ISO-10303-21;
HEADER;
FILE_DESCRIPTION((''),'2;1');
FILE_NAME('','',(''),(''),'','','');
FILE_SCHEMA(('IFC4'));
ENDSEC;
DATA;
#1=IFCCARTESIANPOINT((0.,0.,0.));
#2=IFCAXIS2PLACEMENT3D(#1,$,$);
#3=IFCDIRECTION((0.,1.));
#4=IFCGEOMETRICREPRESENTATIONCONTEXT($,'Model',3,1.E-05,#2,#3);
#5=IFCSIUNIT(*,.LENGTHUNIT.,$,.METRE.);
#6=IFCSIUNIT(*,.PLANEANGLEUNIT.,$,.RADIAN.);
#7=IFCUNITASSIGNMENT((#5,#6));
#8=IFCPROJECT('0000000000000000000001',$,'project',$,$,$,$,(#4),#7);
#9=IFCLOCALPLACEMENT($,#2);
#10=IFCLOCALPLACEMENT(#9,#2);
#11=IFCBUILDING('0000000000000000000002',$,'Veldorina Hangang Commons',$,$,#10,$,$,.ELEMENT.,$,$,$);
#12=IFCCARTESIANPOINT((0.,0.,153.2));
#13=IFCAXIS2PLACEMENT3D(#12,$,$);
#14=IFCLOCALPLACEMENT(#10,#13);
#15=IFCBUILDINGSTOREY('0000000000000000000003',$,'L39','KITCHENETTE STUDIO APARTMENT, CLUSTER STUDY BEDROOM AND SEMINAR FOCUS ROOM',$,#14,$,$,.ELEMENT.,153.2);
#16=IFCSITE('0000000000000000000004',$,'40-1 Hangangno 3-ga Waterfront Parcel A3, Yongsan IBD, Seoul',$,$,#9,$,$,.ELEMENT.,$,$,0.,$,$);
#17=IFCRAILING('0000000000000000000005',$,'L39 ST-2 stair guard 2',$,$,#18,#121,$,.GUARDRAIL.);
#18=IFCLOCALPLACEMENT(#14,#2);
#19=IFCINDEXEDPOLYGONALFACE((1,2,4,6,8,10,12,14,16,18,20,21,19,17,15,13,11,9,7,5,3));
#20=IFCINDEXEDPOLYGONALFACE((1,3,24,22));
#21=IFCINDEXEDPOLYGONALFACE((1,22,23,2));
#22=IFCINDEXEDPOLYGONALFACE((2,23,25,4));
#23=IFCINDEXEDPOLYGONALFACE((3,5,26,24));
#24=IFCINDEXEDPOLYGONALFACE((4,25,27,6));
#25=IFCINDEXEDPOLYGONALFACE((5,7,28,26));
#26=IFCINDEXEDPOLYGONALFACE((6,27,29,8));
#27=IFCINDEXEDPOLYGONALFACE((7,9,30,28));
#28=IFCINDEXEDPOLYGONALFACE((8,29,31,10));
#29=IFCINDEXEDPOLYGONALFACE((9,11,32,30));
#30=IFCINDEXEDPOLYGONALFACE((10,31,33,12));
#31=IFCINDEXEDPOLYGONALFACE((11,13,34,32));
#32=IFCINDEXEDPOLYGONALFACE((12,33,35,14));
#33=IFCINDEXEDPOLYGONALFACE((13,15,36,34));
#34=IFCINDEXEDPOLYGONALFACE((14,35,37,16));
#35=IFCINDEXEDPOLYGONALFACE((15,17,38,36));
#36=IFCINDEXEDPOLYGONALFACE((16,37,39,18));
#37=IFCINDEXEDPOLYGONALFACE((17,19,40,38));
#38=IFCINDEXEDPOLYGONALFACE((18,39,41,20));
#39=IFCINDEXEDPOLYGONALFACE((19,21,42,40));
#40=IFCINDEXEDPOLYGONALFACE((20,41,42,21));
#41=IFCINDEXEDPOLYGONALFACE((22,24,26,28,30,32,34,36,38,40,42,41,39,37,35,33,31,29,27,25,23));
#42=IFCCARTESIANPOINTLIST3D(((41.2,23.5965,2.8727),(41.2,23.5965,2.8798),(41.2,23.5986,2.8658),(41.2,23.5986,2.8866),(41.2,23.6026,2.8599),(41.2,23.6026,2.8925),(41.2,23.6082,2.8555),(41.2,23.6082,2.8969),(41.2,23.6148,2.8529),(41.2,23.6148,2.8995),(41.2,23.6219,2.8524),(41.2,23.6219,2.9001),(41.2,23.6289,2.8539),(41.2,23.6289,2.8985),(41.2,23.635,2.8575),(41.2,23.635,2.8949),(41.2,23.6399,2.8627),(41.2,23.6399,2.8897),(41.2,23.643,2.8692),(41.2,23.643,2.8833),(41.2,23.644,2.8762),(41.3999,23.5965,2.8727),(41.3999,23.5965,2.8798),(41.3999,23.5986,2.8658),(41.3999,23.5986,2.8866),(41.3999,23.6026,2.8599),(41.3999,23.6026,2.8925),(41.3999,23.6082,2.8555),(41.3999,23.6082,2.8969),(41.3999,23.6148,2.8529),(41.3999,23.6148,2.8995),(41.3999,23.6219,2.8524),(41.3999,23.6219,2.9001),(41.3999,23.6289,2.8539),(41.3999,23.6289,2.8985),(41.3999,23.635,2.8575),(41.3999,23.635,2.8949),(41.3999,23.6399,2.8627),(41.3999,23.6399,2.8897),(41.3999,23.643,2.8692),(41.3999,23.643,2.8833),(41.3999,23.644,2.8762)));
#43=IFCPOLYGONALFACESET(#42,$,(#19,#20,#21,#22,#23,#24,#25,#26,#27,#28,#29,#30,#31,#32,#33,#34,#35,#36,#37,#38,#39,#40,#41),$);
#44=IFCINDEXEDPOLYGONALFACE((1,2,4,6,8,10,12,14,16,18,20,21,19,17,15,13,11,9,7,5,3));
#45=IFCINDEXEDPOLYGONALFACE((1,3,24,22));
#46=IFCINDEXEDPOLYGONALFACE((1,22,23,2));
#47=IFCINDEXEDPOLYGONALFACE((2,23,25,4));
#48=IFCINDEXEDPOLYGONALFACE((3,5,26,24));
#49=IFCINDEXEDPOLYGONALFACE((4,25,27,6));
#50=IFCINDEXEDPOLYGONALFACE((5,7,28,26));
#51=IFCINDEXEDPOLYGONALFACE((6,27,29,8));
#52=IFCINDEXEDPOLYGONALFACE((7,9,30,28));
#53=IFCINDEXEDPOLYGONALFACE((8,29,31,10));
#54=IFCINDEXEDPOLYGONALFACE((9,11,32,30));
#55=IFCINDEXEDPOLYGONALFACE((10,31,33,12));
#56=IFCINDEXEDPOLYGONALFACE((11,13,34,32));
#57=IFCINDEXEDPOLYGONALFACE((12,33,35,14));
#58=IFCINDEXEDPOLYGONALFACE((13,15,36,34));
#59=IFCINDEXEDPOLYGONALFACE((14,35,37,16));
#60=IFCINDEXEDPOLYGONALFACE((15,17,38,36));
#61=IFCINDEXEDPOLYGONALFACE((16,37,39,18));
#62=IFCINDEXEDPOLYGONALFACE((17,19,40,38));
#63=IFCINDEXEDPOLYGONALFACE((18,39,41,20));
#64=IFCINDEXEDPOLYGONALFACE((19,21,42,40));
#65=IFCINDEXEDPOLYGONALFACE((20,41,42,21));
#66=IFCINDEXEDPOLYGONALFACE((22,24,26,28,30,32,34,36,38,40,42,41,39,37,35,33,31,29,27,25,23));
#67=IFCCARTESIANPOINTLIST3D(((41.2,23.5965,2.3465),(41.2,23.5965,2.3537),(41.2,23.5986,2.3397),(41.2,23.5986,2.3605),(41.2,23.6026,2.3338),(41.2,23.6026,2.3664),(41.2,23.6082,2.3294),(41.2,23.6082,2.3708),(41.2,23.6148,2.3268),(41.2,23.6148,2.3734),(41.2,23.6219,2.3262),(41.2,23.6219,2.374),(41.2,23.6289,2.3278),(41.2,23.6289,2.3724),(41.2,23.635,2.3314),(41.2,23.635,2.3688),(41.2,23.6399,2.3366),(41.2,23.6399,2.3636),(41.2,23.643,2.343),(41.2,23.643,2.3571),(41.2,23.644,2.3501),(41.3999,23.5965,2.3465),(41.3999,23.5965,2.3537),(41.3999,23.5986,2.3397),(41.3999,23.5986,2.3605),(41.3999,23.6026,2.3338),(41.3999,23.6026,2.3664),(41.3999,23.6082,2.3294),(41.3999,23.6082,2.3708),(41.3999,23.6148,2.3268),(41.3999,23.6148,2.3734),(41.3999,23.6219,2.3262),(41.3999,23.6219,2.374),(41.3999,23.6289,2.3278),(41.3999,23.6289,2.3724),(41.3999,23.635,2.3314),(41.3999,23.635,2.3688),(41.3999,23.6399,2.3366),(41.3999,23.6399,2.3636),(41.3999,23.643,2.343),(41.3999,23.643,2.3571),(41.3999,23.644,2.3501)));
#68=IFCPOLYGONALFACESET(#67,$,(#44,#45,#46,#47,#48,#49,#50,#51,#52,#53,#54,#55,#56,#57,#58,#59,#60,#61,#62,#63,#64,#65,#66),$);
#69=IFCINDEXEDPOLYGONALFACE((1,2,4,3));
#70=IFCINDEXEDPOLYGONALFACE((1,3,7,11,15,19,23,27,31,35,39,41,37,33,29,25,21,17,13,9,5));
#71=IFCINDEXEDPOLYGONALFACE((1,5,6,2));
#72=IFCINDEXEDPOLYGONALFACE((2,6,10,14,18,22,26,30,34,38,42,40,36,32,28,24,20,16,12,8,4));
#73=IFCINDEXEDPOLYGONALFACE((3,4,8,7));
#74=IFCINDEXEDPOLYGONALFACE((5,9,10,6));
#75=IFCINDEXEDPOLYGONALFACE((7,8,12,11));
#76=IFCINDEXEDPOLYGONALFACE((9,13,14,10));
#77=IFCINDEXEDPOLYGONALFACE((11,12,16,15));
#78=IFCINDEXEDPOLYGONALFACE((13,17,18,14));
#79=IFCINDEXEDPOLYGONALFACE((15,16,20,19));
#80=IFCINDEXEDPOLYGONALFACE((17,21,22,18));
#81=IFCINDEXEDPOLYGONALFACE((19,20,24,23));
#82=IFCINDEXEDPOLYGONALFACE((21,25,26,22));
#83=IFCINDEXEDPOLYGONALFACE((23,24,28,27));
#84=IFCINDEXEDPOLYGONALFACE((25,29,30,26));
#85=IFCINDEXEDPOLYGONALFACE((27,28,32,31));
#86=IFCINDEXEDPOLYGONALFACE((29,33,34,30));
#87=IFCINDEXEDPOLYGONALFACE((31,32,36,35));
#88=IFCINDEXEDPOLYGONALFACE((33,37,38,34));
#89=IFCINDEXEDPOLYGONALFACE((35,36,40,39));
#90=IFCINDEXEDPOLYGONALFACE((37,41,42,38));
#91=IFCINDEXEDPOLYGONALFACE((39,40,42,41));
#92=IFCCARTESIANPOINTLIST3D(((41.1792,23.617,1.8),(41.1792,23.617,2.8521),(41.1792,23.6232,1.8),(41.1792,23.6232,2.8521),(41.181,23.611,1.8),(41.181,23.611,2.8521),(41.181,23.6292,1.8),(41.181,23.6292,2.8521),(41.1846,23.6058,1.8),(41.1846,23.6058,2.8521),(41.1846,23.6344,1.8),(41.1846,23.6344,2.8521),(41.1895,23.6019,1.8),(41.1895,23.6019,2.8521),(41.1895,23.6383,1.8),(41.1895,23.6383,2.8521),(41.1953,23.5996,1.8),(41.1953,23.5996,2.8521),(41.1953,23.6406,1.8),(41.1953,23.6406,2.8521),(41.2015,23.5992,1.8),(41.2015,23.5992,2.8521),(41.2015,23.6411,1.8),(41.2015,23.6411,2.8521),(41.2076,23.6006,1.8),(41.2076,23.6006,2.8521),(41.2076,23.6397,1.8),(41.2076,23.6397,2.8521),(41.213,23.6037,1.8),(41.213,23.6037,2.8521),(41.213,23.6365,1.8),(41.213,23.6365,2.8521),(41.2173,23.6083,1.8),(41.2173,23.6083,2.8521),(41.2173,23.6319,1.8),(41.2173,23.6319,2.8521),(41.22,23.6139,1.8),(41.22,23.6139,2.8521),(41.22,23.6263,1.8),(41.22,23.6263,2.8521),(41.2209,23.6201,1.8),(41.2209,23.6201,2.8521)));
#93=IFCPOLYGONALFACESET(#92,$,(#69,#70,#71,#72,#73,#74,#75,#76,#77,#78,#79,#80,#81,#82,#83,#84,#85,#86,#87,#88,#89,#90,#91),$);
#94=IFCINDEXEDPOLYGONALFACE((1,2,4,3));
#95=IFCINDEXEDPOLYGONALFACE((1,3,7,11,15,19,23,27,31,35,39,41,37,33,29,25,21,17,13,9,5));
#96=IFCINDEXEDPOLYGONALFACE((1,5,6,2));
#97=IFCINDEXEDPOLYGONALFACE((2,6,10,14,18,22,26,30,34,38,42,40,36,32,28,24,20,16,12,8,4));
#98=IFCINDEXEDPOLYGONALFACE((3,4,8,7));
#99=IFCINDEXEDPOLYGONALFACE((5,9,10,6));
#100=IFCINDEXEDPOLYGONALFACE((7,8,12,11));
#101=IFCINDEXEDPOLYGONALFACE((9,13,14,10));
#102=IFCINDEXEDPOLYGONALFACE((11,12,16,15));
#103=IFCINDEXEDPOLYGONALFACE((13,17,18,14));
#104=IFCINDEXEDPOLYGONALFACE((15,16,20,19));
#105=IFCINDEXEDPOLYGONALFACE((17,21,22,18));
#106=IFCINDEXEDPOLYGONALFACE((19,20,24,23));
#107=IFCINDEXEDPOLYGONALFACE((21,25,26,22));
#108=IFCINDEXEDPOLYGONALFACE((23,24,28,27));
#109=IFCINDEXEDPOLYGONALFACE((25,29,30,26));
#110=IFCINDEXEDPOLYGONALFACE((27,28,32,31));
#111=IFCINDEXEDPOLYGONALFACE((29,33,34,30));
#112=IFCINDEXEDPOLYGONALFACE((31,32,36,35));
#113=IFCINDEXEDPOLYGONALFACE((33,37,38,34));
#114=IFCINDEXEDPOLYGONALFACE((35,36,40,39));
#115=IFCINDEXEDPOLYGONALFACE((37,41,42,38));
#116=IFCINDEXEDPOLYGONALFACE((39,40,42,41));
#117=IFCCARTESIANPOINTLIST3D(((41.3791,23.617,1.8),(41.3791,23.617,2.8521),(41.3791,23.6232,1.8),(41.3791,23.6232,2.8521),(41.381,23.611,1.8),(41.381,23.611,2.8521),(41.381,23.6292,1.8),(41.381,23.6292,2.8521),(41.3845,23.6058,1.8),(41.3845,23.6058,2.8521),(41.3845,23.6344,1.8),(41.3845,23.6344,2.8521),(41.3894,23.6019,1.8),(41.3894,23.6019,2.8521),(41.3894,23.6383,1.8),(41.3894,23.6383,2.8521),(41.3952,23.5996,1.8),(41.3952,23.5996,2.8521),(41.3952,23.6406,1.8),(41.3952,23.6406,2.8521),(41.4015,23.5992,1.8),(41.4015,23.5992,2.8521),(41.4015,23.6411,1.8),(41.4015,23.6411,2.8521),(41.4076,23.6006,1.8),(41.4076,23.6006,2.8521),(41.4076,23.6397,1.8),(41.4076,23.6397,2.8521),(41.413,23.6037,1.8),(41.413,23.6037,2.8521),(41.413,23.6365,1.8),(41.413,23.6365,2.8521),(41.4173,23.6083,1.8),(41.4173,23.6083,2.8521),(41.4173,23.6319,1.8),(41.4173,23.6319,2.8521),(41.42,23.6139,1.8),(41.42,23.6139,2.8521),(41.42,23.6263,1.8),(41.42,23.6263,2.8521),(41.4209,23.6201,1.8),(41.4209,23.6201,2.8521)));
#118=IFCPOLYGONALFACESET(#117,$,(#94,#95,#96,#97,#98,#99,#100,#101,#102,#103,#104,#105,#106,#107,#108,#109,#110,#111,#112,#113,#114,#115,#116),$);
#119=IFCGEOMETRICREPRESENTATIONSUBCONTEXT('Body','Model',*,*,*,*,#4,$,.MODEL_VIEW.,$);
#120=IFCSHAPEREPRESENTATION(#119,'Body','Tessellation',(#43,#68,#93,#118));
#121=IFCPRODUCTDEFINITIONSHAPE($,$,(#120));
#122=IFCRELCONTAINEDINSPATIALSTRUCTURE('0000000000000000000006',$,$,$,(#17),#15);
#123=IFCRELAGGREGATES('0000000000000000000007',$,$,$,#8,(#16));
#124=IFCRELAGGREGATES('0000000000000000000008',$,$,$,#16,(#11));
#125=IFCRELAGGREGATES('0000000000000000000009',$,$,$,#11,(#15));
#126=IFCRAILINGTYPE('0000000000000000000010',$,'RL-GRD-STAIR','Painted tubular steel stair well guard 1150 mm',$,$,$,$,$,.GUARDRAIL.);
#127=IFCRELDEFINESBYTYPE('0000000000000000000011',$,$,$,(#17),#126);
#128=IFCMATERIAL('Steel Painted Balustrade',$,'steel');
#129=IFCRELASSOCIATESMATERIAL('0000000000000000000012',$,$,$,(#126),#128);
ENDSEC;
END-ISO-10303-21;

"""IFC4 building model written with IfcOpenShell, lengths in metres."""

from ifc_helpers import new_model, si_unit, direction, frame, origin, origin_2d, place, context, subcontext, project, spatial, circle, extrude, material, type_object, element, save


model = new_model("IFC4")

# Units and contexts
model_context = context("Model", 3, precision=1e-05, world=origin(), true_north=direction((0.0, 1.0)))
body_context = subcontext(model_context, "Body", "Model", "MODEL_VIEW")
ifc_project = project(units=[si_unit("LENGTHUNIT", "METRE"), si_unit("PLANEANGLEUNIT", "RADIAN")], contexts=[model_context])

# Site, building, storey
site_placement = place(None, origin())
site = spatial("IfcSite", under=ifc_project, at=site_placement, Name="40-1 Hangangno 3-ga Waterfront Parcel A3, Yongsan IBD, Seoul", CompositionType="ELEMENT", RefElevation=0.0)
building_placement = place(site_placement, origin())
building = spatial("IfcBuilding", under=site, at=building_placement, Name="Veldorina Hangang Commons", CompositionType="ELEMENT")
storey_placement = place(building_placement, frame((0.0, 0.0, 153.2)))
storey = spatial("IfcBuildingStorey", under=building, at=storey_placement, Name="L39", Description="KITCHENETTE STUDIO APARTMENT, CLUSTER STUDY BEDROOM AND SEMINAR FOCUS ROOM", CompositionType="ELEMENT", Elevation=153.2)

# Railing
ifc_material_1 = material(Name="Steel Painted Balustrade", Category="steel")
railing_type_1 = type_object("IfcRailingType", Name="RL-GRD-STAIR", Description="Painted tubular steel stair well guard 1150 mm", PredefinedType="GUARDRAIL", material=ifc_material_1)
railing_1_placement = place(storey_placement, frame((41.2, 23.6201, 1.8)))
element("IfcRailing", 1, at=railing_1_placement, inside=storey, type_object=railing_type_1, Name="L39 ST-2 stair guard 2", PredefinedType="GUARDRAIL", context=body_context, shape_type="SweptSolid", body=[
    extrude(circle(Radius=0.0239, at=origin_2d()), frame((0.0, 0.0, 1.0762), z_axis=(1.0, 0.0, 0.0), x_axis=(0.0, 1.0, 0.0)), (0.0, 0.0, 1.0), 0.2),
    extrude(circle(Radius=0.0239, at=origin_2d()), frame((0.0, 0.0, 0.55), z_axis=(1.0, 0.0, 0.0), x_axis=(0.0, 1.0, 0.0)), (0.0, 0.0, 1.0), 0.2),
    extrude(circle(Radius=0.021, at=origin_2d()), origin(), (0.0, 0.0, 1.0), 1.052),
    extrude(circle(Radius=0.021, at=origin_2d()), frame((0.2, 0.0, 0.0)), (0.0, 0.0, 1.0), 1.052),
])

save(model, "model.ifc")
